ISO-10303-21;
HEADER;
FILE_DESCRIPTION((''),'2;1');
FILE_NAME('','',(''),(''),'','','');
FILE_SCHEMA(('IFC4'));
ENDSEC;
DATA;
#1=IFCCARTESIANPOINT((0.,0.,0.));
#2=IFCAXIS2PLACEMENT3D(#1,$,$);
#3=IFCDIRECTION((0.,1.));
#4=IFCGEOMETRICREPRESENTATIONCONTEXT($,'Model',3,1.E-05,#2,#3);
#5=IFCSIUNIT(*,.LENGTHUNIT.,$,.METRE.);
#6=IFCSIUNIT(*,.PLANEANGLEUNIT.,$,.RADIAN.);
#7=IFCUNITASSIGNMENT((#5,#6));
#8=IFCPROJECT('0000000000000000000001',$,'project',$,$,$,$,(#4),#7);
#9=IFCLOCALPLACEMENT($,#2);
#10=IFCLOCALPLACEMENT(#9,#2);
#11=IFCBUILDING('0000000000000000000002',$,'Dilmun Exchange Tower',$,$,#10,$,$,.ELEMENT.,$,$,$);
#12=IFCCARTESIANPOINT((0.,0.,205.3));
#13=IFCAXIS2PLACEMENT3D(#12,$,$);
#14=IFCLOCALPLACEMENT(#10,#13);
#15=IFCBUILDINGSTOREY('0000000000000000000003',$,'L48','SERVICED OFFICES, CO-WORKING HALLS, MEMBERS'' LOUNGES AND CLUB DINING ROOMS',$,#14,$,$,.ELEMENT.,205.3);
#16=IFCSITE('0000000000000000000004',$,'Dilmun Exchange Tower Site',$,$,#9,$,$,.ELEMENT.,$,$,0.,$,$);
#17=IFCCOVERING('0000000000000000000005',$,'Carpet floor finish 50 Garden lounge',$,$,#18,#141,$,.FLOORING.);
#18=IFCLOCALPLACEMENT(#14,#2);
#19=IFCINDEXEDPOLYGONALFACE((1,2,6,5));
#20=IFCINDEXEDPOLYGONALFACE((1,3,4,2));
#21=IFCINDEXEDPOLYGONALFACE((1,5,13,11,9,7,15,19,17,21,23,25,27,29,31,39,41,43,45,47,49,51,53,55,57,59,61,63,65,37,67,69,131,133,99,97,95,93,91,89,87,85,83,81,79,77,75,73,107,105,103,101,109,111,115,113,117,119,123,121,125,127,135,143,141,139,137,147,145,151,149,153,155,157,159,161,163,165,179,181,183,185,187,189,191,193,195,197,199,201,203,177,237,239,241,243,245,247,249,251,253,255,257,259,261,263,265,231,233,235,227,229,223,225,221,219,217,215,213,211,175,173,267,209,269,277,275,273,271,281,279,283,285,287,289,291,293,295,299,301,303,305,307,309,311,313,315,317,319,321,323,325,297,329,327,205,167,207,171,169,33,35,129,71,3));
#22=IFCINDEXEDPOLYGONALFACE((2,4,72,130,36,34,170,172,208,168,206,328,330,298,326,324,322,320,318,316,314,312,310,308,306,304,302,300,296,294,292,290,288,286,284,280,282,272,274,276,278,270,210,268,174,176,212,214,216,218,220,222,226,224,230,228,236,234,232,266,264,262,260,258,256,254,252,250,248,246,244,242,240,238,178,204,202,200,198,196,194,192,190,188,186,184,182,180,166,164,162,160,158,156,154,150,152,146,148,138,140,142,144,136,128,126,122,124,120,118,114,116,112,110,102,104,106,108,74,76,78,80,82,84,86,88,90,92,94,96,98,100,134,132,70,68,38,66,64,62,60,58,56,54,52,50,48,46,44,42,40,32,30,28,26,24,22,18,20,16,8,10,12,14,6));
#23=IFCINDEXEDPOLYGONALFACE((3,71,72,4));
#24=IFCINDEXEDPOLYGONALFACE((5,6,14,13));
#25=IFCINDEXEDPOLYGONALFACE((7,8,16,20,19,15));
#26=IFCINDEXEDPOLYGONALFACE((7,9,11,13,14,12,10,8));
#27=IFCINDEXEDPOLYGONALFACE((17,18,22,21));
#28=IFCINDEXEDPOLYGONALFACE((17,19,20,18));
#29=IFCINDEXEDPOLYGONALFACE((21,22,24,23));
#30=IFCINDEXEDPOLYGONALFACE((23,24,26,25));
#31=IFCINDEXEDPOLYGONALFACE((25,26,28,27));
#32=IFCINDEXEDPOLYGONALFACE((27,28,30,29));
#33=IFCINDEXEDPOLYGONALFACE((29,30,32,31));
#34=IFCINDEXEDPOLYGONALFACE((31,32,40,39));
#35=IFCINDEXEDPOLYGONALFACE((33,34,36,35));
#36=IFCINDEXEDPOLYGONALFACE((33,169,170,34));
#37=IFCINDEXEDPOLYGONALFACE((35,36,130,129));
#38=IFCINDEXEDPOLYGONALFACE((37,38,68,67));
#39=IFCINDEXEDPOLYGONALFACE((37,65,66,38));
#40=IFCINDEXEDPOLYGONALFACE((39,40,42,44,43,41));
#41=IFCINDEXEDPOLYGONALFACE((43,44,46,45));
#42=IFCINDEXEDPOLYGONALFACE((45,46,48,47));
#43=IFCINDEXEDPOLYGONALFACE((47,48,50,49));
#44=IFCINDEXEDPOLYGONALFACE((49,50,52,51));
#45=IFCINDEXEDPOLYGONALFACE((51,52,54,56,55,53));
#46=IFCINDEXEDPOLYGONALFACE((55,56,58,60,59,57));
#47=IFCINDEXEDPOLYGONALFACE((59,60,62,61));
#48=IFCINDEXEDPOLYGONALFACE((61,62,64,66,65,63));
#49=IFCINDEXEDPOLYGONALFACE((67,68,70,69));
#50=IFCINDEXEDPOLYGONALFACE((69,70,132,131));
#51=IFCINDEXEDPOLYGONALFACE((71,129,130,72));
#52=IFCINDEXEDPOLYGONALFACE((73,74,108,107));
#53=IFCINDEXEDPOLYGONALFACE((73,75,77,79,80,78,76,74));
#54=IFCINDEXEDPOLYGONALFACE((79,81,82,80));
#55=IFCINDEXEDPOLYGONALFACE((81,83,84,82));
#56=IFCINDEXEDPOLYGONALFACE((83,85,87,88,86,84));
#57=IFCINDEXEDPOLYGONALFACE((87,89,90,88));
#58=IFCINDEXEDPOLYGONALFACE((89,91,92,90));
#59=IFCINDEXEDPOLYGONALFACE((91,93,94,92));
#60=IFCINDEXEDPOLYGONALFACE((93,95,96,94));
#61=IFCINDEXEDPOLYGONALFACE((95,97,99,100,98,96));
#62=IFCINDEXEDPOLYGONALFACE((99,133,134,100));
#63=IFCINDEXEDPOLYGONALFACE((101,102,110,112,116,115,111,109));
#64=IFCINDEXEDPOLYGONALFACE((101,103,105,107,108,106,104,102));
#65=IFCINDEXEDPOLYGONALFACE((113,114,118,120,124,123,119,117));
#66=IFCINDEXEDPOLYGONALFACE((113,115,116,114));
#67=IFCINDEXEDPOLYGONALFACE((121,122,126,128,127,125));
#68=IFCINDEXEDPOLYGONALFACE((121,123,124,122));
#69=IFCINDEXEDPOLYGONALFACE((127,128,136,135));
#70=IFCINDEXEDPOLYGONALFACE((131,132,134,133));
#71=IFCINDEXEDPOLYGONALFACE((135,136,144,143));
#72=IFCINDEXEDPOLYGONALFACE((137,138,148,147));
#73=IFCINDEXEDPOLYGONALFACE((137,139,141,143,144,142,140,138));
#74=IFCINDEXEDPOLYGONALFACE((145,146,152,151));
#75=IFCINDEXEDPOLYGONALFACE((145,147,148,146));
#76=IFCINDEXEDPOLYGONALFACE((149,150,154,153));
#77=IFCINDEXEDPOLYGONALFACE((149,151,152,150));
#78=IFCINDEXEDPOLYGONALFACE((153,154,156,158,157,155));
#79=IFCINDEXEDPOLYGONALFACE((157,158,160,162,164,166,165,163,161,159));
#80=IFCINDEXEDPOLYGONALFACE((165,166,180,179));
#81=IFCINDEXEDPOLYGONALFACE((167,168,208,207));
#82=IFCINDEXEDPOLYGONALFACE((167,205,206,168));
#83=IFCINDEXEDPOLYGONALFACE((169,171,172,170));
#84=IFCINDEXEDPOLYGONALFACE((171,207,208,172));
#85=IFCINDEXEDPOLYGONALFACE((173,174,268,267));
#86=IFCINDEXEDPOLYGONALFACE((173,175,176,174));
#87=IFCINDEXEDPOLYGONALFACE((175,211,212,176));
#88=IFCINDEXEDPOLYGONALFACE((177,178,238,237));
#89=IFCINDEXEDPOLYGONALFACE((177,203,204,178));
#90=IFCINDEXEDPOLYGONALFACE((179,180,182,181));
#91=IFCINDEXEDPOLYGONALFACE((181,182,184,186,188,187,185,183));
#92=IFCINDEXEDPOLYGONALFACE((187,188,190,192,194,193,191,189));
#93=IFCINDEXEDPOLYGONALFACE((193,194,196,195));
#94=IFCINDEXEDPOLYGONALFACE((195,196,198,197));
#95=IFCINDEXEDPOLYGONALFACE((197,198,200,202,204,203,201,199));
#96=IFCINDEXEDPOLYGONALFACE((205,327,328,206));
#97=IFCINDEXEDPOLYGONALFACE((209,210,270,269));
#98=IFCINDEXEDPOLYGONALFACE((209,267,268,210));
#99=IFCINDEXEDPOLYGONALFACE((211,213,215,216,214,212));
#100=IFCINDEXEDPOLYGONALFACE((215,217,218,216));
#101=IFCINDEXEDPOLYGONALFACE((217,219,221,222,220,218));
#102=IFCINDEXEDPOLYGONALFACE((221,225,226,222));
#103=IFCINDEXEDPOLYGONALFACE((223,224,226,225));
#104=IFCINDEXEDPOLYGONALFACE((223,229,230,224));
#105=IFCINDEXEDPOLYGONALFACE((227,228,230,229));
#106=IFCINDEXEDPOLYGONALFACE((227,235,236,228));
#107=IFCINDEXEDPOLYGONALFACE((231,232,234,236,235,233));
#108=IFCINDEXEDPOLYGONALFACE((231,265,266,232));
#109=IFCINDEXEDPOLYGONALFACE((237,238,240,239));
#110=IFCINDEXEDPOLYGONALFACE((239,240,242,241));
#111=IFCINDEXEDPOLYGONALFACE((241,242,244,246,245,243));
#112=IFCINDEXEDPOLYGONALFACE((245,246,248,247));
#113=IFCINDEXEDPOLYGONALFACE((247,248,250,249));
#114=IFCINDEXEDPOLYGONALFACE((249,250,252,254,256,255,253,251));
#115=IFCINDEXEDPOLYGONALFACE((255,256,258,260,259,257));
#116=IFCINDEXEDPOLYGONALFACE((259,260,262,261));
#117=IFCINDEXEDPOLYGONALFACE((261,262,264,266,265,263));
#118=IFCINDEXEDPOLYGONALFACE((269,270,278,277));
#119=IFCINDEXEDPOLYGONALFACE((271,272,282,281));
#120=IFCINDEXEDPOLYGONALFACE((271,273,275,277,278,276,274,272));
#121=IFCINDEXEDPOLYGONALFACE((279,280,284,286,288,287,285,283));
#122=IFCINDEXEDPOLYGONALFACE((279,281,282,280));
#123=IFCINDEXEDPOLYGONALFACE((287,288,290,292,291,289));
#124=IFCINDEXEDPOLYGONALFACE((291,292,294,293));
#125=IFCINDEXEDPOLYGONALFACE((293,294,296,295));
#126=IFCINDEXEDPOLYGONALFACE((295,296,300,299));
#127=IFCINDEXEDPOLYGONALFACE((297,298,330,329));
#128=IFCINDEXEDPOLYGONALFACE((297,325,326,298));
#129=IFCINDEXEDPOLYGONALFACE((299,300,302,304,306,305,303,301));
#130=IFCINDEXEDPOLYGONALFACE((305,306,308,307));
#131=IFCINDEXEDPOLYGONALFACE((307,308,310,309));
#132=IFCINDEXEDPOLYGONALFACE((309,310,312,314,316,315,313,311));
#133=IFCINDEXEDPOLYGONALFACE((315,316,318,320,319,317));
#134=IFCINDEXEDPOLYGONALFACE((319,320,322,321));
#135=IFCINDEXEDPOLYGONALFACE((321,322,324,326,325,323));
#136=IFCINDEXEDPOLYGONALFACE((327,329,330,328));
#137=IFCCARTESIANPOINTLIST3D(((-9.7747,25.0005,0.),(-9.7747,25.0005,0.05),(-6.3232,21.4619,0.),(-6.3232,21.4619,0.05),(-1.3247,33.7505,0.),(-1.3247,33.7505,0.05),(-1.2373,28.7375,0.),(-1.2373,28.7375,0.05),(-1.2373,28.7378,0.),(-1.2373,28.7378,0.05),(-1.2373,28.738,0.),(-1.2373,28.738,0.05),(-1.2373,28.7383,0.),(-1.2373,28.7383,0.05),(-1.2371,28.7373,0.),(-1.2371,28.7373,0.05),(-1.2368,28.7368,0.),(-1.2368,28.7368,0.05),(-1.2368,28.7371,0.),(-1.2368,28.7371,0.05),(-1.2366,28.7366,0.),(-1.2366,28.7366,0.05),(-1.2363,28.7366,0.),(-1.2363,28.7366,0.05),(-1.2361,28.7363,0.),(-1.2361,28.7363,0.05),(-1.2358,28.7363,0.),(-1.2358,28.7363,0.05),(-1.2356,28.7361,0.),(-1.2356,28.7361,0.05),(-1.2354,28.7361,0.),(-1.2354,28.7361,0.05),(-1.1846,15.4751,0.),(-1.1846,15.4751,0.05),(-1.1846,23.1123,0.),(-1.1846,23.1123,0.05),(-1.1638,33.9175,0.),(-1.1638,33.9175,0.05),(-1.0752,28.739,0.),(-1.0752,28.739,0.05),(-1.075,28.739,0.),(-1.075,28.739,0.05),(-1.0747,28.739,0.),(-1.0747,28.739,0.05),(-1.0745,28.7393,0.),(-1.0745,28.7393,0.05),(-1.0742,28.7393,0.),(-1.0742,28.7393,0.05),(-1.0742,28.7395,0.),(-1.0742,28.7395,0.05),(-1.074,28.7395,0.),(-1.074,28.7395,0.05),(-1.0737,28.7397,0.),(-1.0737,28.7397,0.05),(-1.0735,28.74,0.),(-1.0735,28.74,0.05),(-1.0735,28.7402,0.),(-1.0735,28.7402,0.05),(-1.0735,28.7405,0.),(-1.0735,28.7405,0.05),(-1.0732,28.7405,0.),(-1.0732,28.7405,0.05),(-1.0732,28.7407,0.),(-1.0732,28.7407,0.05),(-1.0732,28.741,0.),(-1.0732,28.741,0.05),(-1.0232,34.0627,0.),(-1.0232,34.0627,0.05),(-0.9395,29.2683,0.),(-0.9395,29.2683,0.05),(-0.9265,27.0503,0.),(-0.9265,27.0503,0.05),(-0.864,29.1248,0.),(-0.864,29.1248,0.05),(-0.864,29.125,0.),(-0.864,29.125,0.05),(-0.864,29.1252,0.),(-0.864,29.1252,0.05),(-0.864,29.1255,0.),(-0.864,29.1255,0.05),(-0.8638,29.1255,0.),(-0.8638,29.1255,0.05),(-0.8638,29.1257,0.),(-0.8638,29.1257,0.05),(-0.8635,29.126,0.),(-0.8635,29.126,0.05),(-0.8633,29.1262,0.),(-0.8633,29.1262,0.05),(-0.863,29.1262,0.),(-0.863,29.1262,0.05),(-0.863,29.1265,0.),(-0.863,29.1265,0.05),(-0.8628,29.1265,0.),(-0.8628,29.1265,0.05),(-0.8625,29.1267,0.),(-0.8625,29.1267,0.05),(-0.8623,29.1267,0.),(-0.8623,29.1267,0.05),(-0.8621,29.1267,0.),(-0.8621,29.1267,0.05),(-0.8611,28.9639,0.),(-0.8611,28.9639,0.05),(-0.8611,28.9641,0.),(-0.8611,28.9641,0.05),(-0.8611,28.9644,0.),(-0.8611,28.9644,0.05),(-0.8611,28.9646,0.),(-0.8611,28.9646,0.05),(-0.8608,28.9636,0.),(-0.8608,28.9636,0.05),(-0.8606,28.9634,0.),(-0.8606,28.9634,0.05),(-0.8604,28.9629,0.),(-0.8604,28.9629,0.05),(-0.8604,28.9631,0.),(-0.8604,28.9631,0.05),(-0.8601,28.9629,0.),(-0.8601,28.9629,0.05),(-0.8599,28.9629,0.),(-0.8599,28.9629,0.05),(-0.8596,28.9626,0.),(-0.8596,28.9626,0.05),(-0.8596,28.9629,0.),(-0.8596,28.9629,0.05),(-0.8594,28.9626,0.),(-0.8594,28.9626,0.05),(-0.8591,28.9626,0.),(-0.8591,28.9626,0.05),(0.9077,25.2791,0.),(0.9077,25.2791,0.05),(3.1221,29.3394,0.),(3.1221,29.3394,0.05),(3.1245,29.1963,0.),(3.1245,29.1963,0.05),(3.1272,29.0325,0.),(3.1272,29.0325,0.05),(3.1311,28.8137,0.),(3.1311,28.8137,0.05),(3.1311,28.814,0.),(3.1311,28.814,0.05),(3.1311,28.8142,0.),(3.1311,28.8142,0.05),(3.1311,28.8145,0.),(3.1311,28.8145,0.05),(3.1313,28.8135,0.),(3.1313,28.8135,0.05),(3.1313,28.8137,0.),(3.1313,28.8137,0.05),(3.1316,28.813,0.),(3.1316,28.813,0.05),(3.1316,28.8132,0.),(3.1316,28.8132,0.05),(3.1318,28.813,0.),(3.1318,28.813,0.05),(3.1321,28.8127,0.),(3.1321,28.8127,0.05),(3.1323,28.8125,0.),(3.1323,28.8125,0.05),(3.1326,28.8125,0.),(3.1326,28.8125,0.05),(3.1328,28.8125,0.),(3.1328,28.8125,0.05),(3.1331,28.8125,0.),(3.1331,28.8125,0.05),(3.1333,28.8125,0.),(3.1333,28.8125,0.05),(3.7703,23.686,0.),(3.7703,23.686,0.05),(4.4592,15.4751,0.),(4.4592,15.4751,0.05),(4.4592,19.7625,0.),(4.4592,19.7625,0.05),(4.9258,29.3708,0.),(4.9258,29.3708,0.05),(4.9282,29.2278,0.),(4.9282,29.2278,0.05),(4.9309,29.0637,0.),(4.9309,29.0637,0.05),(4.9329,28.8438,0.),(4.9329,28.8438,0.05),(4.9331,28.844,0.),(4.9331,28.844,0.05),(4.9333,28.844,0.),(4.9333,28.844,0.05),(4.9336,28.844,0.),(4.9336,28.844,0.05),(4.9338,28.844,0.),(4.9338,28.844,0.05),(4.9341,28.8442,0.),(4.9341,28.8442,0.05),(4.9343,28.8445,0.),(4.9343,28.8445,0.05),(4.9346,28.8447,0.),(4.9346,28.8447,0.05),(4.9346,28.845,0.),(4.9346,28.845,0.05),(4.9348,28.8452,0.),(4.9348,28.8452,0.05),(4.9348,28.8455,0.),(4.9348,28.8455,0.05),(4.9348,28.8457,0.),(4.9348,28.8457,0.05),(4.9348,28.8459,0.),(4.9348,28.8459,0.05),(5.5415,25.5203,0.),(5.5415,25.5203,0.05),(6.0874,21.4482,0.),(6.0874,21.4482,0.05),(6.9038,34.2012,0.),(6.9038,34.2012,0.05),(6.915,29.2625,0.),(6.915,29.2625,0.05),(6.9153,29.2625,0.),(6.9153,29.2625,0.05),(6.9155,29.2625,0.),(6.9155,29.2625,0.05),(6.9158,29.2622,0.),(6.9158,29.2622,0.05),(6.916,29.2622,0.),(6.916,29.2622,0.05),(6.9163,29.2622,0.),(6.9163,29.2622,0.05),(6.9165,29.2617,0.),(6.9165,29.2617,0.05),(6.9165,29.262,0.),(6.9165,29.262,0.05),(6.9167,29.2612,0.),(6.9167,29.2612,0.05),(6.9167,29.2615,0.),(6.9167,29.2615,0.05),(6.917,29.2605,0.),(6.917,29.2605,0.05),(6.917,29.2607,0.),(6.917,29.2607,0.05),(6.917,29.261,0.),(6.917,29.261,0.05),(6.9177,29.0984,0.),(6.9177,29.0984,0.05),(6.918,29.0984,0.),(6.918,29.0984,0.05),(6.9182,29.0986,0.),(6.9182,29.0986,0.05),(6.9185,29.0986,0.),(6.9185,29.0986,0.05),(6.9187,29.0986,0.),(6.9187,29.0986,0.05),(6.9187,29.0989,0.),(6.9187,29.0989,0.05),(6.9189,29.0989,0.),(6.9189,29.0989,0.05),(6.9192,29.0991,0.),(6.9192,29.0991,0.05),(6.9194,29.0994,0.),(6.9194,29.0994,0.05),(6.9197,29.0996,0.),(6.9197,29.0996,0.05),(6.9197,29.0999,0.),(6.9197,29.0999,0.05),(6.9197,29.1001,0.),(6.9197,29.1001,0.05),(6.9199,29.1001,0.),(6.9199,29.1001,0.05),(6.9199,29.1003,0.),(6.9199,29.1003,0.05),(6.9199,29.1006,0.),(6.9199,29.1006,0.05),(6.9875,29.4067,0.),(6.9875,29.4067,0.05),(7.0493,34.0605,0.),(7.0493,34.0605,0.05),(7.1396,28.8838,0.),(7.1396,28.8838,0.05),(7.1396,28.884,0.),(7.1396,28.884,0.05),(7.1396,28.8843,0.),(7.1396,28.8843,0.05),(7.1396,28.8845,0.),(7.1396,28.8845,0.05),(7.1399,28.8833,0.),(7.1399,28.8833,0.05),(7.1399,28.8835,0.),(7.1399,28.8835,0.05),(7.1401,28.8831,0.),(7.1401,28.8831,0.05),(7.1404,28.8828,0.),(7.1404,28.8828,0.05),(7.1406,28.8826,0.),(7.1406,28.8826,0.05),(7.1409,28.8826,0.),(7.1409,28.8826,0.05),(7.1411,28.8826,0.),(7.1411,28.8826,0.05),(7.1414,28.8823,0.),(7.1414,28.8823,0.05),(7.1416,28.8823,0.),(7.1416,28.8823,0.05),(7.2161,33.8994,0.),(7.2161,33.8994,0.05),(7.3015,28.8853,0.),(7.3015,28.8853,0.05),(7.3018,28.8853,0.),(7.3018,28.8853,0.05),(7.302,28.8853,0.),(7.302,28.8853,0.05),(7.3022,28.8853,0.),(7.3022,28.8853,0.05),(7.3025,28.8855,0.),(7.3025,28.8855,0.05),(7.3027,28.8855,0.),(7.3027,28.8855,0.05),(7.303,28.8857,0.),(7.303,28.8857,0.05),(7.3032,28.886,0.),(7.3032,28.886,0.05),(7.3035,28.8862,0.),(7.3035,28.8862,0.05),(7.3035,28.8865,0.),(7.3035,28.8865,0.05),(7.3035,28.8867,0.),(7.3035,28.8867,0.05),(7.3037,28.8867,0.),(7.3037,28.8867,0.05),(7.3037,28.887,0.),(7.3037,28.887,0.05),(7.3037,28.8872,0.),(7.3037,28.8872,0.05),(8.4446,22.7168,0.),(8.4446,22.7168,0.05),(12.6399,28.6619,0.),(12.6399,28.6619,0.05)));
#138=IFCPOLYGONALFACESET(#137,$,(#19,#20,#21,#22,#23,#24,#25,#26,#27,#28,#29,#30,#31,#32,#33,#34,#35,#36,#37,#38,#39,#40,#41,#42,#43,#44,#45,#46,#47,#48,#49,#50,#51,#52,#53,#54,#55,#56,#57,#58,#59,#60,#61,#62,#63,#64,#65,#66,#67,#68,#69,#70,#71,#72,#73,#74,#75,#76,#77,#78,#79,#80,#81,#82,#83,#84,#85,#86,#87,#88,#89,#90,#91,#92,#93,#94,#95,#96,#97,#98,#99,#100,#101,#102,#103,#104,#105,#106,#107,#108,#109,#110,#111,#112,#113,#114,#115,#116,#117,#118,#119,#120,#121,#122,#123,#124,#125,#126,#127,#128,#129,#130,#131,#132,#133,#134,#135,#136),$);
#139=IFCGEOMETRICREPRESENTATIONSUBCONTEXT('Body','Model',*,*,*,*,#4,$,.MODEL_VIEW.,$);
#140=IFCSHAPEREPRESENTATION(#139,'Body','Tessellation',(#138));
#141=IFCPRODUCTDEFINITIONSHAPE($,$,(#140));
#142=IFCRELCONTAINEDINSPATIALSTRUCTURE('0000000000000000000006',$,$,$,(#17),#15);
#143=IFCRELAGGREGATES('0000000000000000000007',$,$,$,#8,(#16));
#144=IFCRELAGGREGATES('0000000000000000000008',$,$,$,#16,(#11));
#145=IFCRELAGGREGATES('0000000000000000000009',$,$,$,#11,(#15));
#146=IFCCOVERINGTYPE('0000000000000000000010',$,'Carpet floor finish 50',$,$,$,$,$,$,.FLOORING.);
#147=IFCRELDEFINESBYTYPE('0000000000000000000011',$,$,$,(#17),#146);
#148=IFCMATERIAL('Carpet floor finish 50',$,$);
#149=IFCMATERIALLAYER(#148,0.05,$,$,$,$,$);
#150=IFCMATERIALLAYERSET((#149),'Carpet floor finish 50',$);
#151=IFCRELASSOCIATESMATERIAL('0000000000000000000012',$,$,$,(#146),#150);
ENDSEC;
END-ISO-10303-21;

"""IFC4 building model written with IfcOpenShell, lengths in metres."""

from ifc_helpers import new_model, si_unit, direction, frame, origin, place, context, subcontext, project, spatial, polyline, outline, extrude, material, layer, layer_set, type_object, element, save


model = new_model("IFC4")

# Units and contexts
model_context = context("Model", 3, precision=1e-05, world=origin(), true_north=direction((0.0, 1.0)))
body_context = subcontext(model_context, "Body", "Model", "MODEL_VIEW")
ifc_project = project(units=[si_unit("LENGTHUNIT", "METRE"), si_unit("PLANEANGLEUNIT", "RADIAN")], contexts=[model_context])

# Site, building, storey
site_placement = place(None, origin())
site = spatial("IfcSite", under=ifc_project, at=site_placement, Name="Dilmun Exchange Tower Site", CompositionType="ELEMENT", RefElevation=0.0)
building_placement = place(site_placement, origin())
building = spatial("IfcBuilding", under=site, at=building_placement, Name="Dilmun Exchange Tower", CompositionType="ELEMENT")
storey_placement = place(building_placement, frame((0.0, 0.0, 205.3)))
storey = spatial("IfcBuildingStorey", under=building, at=storey_placement, Name="L48", Description="SERVICED OFFICES, CO-WORKING HALLS, MEMBERS' LOUNGES AND CLUB DINING ROOMS", CompositionType="ELEMENT", Elevation=205.3)

# Covering
ifc_material_1 = material(Name="Carpet floor finish 50")
ifc_layer_1 = layer(ifc_material_1, 0.05)
ifc_layer_set_1 = layer_set([ifc_layer_1], Name="Carpet floor finish 50")
covering_type_1 = type_object("IfcCoveringType", Name="Carpet floor finish 50", PredefinedType="FLOORING", material=ifc_layer_set_1)
covering_1_placement = place(storey_placement, origin())
element("IfcCovering", 1, at=covering_1_placement, inside=storey, type_object=covering_type_1, Name="Carpet floor finish 50 Garden lounge", PredefinedType="FLOORING", context=body_context, shape_type="SweptSolid", body=[
    extrude(outline(polyline([(0.9077, 25.2791), (-0.9265, 27.0503), (-6.3232, 21.4619), (-9.7747, 25.0005), (-1.3247, 33.7505), (-1.2373, 28.7383), (-1.2373, 28.738), (-1.2373, 28.7378), (-1.2373, 28.7375), (-1.2371, 28.7373), (-1.2371, 28.7373), (-1.2368, 28.7371), (-1.2368, 28.7368), (-1.2368, 28.7368), (-1.2366, 28.7366), (-1.2363, 28.7366), (-1.2361, 28.7363), (-1.2361, 28.7363), (-1.2358, 28.7363), (-1.2356, 28.7361), (-1.2354, 28.7361), (-1.2354, 28.7361), (-1.0752, 28.739), (-1.0752, 28.739), (-1.075, 28.739), (-1.0747, 28.739), (-1.0745, 28.7393), (-1.0742, 28.7393), (-1.0742, 28.7395), (-1.074, 28.7395), (-1.074, 28.7395), (-1.0737, 28.7397), (-1.0735, 28.74), (-1.0735, 28.74), (-1.0735, 28.7402), (-1.0735, 28.7405), (-1.0732, 28.7405), (-1.0732, 28.7407), (-1.0732, 28.741), (-1.1638, 33.9175), (-1.0232, 34.0627), (-0.9395, 29.2683), (3.1221, 29.3394), (3.1245, 29.1963), (-0.8621, 29.1267), (-0.8623, 29.1267), (-0.8623, 29.1267), (-0.8625, 29.1267), (-0.8628, 29.1265), (-0.863, 29.1265), (-0.863, 29.1262), (-0.8633, 29.1262), (-0.8633, 29.1262), (-0.8635, 29.126), (-0.8638, 29.1257), (-0.8638, 29.1255), (-0.864, 29.1255), (-0.864, 29.1252), (-0.864, 29.125), (-0.864, 29.1248), (-0.864, 29.1248), (-0.8611, 28.9646), (-0.8611, 28.9646), (-0.8611, 28.9644), (-0.8611, 28.9641), (-0.8611, 28.9639), (-0.8608, 28.9636), (-0.8608, 28.9636), (-0.8606, 28.9634), (-0.8606, 28.9634), (-0.8604, 28.9631), (-0.8604, 28.9629), (-0.8601, 28.9629), (-0.8599, 28.9629), (-0.8596, 28.9629), (-0.8596, 28.9626), (-0.8594, 28.9626), (-0.8591, 28.9626), (3.1272, 29.0325), (3.1311, 28.8145), (3.1311, 28.8142), (3.1311, 28.814), (3.1311, 28.8137), (3.1313, 28.8137), (3.1313, 28.8135), (3.1316, 28.8132), (3.1316, 28.8132), (3.1316, 28.813), (3.1318, 28.813), (3.1321, 28.8127), (3.1321, 28.8127), (3.1323, 28.8125), (3.1326, 28.8125), (3.1328, 28.8125), (3.1331, 28.8125), (3.1333, 28.8125), (4.9329, 28.8438), (4.9331, 28.844), (4.9333, 28.844), (4.9333, 28.844), (4.9336, 28.844), (4.9338, 28.844), (4.9341, 28.8442), (4.9341, 28.8442), (4.9343, 28.8445), (4.9343, 28.8445), (4.9346, 28.8447), (4.9346, 28.845), (4.9348, 28.8452), (4.9348, 28.8452), (4.9348, 28.8455), (4.9348, 28.8457), (4.9348, 28.8459), (4.9309, 29.0637), (6.9177, 29.0984), (6.918, 29.0984), (6.9182, 29.0986), (6.9185, 29.0986), (6.9187, 29.0986), (6.9187, 29.0989), (6.9189, 29.0989), (6.9192, 29.0991), (6.9192, 29.0991), (6.9194, 29.0994), (6.9194, 29.0994), (6.9197, 29.0996), (6.9197, 29.0999), (6.9197, 29.1001), (6.9199, 29.1001), (6.9199, 29.1003), (6.9199, 29.1006), (6.917, 29.2605), (6.917, 29.2607), (6.917, 29.261), (6.917, 29.261), (6.9167, 29.2612), (6.9167, 29.2615), (6.9165, 29.2617), (6.9165, 29.2617), (6.9165, 29.262), (6.9163, 29.2622), (6.916, 29.2622), (6.916, 29.2622), (6.9158, 29.2622), (6.9155, 29.2625), (6.9153, 29.2625), (6.9153, 29.2625), (6.915, 29.2625), (4.9282, 29.2278), (4.9258, 29.3708), (6.9875, 29.4067), (6.9038, 34.2012), (7.0493, 34.0605), (7.1396, 28.8845), (7.1396, 28.8843), (7.1396, 28.884), (7.1396, 28.8838), (7.1399, 28.8835), (7.1399, 28.8833), (7.1399, 28.8833), (7.1401, 28.8831), (7.1401, 28.8831), (7.1404, 28.8828), (7.1404, 28.8828), (7.1406, 28.8826), (7.1409, 28.8826), (7.1411, 28.8826), (7.1414, 28.8823), (7.1416, 28.8823), (7.1416, 28.8823), (7.3015, 28.8853), (7.3018, 28.8853), (7.302, 28.8853), (7.3022, 28.8853), (7.3025, 28.8855), (7.3025, 28.8855), (7.3027, 28.8855), (7.303, 28.8857), (7.303, 28.8857), (7.3032, 28.886), (7.3032, 28.886), (7.3035, 28.8862), (7.3035, 28.8865), (7.3035, 28.8867), (7.3037, 28.8867), (7.3037, 28.887), (7.3037, 28.8872), (7.2161, 33.8994), (12.6399, 28.6619), (8.4446, 22.7168), (5.5415, 25.5203), (3.7703, 23.686), (6.0874, 21.4482), (4.4592, 19.7625), (4.4592, 15.4751), (-1.1846, 15.4751), (-1.1846, 23.1123), (0.9077, 25.2791)])), origin(), (0.0, 0.0, 1.0), 0.05),
])

save(model, "model.ifc")
